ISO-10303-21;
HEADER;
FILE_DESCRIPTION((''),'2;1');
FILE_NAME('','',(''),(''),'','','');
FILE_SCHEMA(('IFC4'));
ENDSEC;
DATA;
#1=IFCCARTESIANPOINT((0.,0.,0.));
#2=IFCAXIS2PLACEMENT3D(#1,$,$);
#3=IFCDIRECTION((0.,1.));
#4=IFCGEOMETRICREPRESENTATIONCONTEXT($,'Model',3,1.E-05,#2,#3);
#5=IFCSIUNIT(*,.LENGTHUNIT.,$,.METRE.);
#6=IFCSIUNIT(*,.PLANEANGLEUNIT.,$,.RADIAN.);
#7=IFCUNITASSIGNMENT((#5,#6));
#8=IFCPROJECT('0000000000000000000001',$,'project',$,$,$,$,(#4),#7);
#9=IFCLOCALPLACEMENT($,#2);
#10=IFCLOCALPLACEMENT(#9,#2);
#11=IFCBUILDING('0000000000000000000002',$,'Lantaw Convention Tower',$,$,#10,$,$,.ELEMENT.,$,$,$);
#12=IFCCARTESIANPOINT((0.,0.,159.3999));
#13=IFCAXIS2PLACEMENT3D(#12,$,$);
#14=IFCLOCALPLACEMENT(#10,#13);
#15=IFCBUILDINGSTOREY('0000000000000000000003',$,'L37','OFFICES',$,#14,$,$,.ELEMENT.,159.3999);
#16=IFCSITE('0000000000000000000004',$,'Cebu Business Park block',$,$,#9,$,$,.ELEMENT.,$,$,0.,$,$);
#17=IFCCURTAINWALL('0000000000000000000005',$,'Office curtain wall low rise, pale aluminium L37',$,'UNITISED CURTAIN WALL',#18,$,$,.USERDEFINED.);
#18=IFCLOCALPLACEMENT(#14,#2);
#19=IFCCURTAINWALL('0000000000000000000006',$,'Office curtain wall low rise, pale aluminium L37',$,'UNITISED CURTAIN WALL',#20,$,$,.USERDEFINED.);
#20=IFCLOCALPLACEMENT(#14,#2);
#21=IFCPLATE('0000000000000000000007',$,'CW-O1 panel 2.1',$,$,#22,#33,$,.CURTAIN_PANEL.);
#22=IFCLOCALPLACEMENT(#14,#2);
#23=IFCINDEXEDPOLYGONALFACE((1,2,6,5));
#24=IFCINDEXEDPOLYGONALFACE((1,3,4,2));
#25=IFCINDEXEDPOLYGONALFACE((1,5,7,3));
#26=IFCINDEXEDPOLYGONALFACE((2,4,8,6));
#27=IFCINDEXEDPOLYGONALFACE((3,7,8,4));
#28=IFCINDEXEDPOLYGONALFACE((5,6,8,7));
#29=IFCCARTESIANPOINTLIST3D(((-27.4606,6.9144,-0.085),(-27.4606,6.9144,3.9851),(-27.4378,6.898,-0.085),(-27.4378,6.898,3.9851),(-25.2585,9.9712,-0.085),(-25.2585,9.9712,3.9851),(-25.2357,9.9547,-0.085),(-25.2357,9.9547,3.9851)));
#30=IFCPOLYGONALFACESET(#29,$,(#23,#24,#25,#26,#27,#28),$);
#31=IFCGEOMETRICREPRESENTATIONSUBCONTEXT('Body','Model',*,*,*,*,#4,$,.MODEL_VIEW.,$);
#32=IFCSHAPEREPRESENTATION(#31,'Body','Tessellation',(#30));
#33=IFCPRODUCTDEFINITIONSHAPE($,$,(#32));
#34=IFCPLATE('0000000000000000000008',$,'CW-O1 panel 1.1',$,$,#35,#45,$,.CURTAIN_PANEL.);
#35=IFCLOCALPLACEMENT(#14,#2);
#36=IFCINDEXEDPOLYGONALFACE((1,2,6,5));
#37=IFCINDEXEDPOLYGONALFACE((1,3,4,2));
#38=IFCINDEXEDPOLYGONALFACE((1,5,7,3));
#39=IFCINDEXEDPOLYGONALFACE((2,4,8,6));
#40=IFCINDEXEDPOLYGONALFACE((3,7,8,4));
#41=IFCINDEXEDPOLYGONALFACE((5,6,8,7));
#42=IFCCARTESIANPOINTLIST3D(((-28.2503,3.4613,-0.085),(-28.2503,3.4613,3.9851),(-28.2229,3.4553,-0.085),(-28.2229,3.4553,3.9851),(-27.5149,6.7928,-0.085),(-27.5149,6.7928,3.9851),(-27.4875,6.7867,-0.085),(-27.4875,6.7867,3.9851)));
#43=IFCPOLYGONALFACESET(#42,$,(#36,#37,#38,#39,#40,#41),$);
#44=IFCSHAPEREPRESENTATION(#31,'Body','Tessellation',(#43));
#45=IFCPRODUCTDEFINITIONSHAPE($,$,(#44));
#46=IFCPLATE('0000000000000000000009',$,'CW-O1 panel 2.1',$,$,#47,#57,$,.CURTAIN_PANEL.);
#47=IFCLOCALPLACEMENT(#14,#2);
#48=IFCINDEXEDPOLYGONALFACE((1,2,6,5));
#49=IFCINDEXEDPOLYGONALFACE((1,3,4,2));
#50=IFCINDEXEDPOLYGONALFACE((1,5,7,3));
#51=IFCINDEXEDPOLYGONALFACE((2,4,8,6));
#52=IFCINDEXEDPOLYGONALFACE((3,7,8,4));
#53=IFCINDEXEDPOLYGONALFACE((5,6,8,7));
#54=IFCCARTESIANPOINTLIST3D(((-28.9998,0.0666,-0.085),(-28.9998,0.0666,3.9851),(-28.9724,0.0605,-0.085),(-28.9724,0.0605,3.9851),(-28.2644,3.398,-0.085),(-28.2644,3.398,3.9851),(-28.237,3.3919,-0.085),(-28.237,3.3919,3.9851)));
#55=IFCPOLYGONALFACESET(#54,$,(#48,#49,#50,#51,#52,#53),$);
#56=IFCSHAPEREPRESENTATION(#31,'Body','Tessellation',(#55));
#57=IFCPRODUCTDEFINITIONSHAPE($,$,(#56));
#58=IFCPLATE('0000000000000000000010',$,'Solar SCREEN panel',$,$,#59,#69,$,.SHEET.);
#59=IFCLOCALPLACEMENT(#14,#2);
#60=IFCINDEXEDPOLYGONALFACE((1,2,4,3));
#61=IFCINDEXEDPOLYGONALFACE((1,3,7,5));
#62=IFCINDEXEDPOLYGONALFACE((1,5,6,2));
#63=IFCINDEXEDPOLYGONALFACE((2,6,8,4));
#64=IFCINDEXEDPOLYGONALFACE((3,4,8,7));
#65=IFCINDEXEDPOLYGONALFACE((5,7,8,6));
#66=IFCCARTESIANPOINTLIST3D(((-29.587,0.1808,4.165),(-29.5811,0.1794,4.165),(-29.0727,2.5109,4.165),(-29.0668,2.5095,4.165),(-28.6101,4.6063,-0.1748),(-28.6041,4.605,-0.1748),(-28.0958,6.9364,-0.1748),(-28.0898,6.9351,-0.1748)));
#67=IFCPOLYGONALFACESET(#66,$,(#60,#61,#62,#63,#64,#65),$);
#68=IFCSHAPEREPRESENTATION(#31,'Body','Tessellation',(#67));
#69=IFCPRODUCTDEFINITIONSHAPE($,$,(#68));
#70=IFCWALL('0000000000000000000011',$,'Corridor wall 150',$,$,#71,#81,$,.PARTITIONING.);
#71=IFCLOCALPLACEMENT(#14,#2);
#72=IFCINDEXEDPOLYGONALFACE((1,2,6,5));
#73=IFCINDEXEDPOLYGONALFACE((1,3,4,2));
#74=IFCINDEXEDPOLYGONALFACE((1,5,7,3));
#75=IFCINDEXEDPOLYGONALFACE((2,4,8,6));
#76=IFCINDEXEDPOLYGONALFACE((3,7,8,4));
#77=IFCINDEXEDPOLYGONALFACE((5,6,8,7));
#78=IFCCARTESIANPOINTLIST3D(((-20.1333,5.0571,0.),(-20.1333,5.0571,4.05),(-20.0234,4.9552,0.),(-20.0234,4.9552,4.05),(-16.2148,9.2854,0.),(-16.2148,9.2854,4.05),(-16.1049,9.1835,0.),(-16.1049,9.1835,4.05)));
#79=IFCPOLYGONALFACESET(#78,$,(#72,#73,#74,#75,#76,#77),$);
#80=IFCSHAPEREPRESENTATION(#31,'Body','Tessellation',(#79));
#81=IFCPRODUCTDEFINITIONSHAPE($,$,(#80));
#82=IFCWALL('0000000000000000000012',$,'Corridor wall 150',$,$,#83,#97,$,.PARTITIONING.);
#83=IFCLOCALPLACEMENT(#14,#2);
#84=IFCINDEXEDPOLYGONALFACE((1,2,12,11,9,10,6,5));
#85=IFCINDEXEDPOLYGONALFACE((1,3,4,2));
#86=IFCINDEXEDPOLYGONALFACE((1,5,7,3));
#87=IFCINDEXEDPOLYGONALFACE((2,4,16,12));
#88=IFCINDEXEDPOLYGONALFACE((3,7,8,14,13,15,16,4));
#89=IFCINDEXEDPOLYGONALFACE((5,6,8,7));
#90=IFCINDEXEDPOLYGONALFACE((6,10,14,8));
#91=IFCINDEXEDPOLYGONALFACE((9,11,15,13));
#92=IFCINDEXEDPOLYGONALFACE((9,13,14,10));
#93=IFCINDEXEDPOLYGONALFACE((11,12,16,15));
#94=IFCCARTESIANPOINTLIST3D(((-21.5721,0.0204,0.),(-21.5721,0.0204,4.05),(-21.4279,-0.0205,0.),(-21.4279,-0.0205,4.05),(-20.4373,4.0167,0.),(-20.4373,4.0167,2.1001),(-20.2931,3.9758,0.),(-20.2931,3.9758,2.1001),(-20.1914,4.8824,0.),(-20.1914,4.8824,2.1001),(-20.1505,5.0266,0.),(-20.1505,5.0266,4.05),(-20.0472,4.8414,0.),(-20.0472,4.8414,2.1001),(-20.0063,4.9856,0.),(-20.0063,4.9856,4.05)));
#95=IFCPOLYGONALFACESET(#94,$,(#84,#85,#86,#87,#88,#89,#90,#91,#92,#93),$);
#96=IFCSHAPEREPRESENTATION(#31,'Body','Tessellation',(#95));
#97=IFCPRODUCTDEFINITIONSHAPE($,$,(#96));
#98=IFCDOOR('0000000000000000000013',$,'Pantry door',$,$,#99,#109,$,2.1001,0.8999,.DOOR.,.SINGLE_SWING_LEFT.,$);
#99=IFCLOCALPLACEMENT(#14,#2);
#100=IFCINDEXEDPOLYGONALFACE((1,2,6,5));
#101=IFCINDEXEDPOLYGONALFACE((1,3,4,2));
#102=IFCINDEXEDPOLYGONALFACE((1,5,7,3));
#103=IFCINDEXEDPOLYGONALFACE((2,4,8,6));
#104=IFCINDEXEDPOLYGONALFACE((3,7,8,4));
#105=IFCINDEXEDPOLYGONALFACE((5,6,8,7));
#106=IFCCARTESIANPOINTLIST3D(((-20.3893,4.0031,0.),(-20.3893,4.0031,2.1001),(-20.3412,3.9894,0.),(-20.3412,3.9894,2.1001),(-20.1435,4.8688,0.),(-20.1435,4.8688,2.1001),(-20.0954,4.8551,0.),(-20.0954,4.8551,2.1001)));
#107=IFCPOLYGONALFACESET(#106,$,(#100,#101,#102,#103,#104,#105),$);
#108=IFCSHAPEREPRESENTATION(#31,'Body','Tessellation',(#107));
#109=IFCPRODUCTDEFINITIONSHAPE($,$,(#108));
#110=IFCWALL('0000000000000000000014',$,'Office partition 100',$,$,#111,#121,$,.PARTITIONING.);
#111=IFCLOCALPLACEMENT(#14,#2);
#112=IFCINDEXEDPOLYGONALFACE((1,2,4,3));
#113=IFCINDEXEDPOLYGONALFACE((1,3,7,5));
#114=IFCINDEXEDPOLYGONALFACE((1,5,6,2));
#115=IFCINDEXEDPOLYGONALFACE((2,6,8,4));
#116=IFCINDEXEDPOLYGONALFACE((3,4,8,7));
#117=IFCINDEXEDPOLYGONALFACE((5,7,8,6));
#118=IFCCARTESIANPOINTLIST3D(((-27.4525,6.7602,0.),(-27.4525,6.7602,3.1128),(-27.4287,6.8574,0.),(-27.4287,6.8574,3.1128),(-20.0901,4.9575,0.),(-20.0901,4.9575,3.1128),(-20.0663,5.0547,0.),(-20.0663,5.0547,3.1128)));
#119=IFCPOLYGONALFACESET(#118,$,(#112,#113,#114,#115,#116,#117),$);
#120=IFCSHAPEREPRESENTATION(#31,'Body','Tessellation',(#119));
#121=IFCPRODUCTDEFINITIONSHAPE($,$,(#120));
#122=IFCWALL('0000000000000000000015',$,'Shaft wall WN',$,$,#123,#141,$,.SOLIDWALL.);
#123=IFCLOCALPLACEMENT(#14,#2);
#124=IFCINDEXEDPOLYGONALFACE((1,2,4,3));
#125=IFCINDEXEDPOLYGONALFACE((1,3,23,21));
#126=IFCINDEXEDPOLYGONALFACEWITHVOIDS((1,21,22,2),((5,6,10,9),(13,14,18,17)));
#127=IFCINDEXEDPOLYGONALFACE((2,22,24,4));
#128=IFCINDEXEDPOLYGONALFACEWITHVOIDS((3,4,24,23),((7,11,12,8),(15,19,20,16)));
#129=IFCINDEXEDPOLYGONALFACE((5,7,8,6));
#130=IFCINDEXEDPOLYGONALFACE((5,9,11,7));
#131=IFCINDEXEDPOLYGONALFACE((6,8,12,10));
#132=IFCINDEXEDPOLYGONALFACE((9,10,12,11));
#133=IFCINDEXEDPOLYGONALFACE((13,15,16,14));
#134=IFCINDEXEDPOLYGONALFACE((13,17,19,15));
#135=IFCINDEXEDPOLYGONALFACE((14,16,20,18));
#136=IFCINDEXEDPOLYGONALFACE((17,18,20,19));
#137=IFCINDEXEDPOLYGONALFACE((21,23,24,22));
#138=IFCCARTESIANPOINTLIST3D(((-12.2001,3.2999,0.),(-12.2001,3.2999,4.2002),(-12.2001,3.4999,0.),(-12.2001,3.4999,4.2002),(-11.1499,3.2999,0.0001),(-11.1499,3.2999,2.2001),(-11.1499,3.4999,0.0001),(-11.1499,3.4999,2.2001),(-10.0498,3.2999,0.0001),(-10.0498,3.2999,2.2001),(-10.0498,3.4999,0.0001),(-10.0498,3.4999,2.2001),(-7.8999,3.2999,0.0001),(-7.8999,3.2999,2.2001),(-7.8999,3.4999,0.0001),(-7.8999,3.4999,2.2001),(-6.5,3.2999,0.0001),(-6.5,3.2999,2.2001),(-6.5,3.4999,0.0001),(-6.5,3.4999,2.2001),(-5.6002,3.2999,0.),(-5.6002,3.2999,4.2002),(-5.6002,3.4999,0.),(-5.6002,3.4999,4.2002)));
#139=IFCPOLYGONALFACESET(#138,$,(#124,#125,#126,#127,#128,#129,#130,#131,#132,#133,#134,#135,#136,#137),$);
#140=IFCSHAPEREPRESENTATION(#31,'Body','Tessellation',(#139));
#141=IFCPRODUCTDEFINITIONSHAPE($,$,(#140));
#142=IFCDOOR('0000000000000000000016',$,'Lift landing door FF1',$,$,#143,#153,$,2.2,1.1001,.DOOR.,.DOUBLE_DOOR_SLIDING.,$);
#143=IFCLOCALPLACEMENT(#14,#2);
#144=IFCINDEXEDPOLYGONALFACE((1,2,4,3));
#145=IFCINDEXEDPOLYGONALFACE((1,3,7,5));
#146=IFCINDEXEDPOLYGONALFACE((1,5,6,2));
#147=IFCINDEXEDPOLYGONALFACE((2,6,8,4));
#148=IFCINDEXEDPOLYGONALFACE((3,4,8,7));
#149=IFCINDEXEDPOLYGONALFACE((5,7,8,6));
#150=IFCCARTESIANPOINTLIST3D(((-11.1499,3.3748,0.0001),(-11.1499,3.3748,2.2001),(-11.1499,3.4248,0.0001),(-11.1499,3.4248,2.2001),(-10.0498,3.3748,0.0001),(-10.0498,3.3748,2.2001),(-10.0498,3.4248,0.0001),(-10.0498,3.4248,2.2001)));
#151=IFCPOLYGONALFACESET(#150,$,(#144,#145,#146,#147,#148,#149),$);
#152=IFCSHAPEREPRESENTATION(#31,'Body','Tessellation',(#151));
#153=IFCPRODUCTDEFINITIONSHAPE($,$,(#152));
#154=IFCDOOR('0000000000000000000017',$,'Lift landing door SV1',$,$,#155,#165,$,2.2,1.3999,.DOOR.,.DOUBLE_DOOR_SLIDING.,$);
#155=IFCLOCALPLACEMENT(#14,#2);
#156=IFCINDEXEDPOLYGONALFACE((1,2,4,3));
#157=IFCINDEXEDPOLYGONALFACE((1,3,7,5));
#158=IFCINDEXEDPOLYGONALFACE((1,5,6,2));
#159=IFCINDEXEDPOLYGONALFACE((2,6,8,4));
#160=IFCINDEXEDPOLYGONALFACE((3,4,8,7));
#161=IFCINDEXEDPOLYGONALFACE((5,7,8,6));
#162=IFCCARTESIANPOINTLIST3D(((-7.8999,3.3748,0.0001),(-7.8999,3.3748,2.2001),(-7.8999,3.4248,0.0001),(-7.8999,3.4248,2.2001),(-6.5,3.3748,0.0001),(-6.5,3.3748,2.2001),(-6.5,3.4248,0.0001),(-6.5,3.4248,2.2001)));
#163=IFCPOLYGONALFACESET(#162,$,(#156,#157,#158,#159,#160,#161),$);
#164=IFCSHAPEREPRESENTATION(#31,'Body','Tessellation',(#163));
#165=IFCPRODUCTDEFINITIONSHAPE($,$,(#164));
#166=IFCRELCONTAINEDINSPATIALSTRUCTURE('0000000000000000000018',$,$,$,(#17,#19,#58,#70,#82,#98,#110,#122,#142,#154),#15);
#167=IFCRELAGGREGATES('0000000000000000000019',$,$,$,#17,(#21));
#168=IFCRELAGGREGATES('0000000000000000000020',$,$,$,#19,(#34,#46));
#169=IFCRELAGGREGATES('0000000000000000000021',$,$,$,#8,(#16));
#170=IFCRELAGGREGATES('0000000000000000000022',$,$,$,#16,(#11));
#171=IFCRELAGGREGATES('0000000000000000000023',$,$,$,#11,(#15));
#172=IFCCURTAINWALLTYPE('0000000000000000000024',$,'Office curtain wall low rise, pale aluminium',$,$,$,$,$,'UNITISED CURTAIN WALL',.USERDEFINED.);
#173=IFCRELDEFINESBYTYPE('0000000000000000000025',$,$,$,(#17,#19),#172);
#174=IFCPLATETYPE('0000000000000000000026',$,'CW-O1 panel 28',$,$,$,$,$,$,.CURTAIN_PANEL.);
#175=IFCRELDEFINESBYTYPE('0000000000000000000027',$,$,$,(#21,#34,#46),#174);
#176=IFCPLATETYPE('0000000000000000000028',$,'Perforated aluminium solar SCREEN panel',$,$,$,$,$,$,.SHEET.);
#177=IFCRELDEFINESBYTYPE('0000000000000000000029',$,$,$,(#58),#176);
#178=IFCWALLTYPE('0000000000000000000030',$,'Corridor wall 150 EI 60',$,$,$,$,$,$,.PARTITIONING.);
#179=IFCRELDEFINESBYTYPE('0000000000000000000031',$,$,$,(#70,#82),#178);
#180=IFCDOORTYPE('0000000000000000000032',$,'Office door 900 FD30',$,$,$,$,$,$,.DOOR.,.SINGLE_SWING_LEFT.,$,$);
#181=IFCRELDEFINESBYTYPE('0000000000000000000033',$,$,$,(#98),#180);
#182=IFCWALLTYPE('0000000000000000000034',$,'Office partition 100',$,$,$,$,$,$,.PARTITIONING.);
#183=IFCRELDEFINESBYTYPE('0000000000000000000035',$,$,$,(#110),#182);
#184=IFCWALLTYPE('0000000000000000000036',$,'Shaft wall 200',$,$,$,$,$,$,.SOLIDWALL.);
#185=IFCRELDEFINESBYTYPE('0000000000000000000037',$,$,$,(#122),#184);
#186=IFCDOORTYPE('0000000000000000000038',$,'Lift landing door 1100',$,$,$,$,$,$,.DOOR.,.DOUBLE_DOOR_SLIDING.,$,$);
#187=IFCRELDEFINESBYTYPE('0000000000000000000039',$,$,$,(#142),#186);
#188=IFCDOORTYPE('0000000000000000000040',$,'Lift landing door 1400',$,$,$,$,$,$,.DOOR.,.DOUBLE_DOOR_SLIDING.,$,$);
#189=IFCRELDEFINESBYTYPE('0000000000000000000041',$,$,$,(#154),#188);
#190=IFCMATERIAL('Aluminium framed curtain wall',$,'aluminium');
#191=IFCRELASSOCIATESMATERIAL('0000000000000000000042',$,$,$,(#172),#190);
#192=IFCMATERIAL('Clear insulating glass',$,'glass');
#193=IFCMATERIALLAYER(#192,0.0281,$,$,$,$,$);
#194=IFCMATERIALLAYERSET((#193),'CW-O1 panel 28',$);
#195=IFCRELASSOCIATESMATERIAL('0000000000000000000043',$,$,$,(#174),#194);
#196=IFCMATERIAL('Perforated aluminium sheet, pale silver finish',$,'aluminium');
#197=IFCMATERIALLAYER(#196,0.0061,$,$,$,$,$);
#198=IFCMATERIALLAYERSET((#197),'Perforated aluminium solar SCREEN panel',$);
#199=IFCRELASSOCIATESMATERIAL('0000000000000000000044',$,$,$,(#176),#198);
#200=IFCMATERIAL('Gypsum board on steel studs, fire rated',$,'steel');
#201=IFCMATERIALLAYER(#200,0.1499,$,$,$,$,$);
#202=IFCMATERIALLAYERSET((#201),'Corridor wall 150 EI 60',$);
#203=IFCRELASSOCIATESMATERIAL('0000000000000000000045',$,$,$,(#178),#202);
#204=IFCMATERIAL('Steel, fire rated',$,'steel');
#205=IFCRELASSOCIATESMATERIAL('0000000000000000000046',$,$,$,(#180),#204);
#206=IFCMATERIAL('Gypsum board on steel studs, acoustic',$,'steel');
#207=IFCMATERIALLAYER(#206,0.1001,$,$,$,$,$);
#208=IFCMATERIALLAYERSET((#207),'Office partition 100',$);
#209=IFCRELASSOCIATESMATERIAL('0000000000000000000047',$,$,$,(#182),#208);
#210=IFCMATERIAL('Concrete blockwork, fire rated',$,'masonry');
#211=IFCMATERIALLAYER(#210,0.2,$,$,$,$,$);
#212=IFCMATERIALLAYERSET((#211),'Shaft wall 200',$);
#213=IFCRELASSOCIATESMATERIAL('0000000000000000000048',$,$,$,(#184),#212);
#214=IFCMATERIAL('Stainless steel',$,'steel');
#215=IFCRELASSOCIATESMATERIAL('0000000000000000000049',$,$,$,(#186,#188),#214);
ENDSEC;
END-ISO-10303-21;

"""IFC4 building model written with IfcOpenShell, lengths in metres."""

from ifc_helpers import new_model, si_unit, direction, frame, frame_2d, origin, origin_2d, place, context, subcontext, project, spatial, polyline, rectangle, outline, extrude, material, layer, layer_set, type_object, element, fill, aggregate, save


model = new_model("IFC4")

# Units and contexts
model_context = context("Model", 3, precision=1e-05, world=origin(), true_north=direction((0.0, 1.0)))
body_context = subcontext(model_context, "Body", "Model", "MODEL_VIEW")
ifc_project = project(units=[si_unit("LENGTHUNIT", "METRE"), si_unit("PLANEANGLEUNIT", "RADIAN")], contexts=[model_context])

# Site, building, storey
site_placement = place(None, origin())
site = spatial("IfcSite", under=ifc_project, at=site_placement, Name="Cebu Business Park block", CompositionType="ELEMENT", RefElevation=0.0)
building_placement = place(site_placement, origin())
building = spatial("IfcBuilding", under=site, at=building_placement, Name="Lantaw Convention Tower", CompositionType="ELEMENT")
storey_placement = place(building_placement, frame((0.0, 0.0, 159.3999)))
storey = spatial("IfcBuildingStorey", under=building, at=storey_placement, Name="L37", Description="OFFICES", CompositionType="ELEMENT", Elevation=159.3999)

# Curtain wall
ifc_material_1 = material(Name="Aluminium framed curtain wall", Category="aluminium")
curtain_wall_type = type_object("IfcCurtainWallType", Name="Office curtain wall low rise, pale aluminium", ElementType="UNITISED CURTAIN WALL", PredefinedType="USERDEFINED", material=ifc_material_1)
curtain_wall_1_placement = place(storey_placement, origin())
curtain_wall_1 = element("IfcCurtainWall", 1, at=curtain_wall_1_placement, inside=storey, type_object=curtain_wall_type, Name="Office curtain wall low rise, pale aluminium L37", ObjectType="UNITISED CURTAIN WALL", PredefinedType="USERDEFINED")

# Curtain wall
curtain_wall_2_placement = place(storey_placement, origin())
curtain_wall_2 = element("IfcCurtainWall", 2, at=curtain_wall_2_placement, inside=storey, type_object=curtain_wall_type, Name="Office curtain wall low rise, pale aluminium L37", ObjectType="UNITISED CURTAIN WALL", PredefinedType="USERDEFINED")

# Plates
ifc_material_2 = material(Name="Clear insulating glass", Category="glass")
ifc_layer_1 = layer(ifc_material_2, 0.0281)
ifc_layer_set_1 = layer_set([ifc_layer_1], Name="CW-O1 panel 28")
plate_type_1 = type_object("IfcPlateType", Name="CW-O1 panel 28", PredefinedType="CURTAIN_PANEL", material=ifc_layer_set_1)
plate_1_placement = place(storey_placement, frame((-26.3481, 8.4346, -0.085), z_axis=(0.0, 0.0, 1.0), x_axis=(-0.584513, -0.811385, 0.0)))
plate_1 = element("IfcPlate", 3, at=plate_1_placement, type_object=plate_type_1, Name="CW-O1 panel 2.1", PredefinedType="CURTAIN_PANEL", context=body_context, shape_type="SweptSolid", body=[
    extrude(rectangle(XDim=3.7673, YDim=0.0281, at=origin_2d()), origin(), (0.0, 0.0, 1.0), 4.0701),
])
aggregate(curtain_wall_1, [plate_1])
plate_2_placement = place(storey_placement, frame((-27.8689, 5.124, -0.085), z_axis=(0.0, 0.0, 1.0), x_axis=(-0.215546, -0.976494, 0.0)))
plate_2 = element("IfcPlate", 4, at=plate_2_placement, type_object=plate_type_1, Name="CW-O1 panel 1.1", PredefinedType="CURTAIN_PANEL", context=body_context, shape_type="SweptSolid", body=[
    extrude(rectangle(XDim=3.4116, YDim=0.0281, at=origin_2d()), origin(), (0.0, 0.0, 1.0), 4.0701),
])
plate_3_placement = place(storey_placement, frame((-28.6184, 1.7292, -0.085), z_axis=(0.0, 0.0, 1.0), x_axis=(-0.215546, -0.976494, 0.0)))
plate_3 = element("IfcPlate", 5, at=plate_3_placement, type_object=plate_type_1, Name="CW-O1 panel 2.1", PredefinedType="CURTAIN_PANEL", context=body_context, shape_type="SweptSolid", body=[
    extrude(rectangle(XDim=3.4116, YDim=0.0281, at=origin_2d()), origin(), (0.0, 0.0, 1.0), 4.0701),
])
aggregate(curtain_wall_2, [plate_2, plate_3])
ifc_material_3 = material(Name="Perforated aluminium sheet, pale silver finish", Category="aluminium")
ifc_layer_2 = layer(ifc_material_3, 0.0061)
ifc_layer_set_2 = layer_set([ifc_layer_2], Name="Perforated aluminium solar SCREEN panel")
plate_type_2 = type_object("IfcPlateType", Name="Perforated aluminium solar SCREEN panel", PredefinedType="SHEET", material=ifc_layer_set_2)
plate_4_placement = place(storey_placement, frame((-28.0898, 6.9351, -0.1748), z_axis=(0.976498, -0.215527, 0.000033), x_axis=(-0.215527, -0.976498, 0.0)))
element("IfcPlate", 6, at=plate_4_placement, inside=storey, type_object=plate_type_2, Name="Solar SCREEN panel", PredefinedType="SHEET", context=body_context, shape_type="SweptSolid", body=[
    extrude(outline(polyline([(0.0, 0.0), (2.3861, 0.0), (6.9182, -4.3398), (4.5321, -4.3398), (0.0, 0.0)])), origin(), (0.0, 0.0, -1.0), 0.0061),
])

# Wall
ifc_material_4 = material(Name="Gypsum board on steel studs, fire rated", Category="steel")
ifc_layer_3 = layer(ifc_material_4, 0.1499)
ifc_layer_set_3 = layer_set([ifc_layer_3], Name="Corridor wall 150 EI 60")
wall_type_1 = type_object("IfcWallType", Name="Corridor wall 150 EI 60", PredefinedType="PARTITIONING", material=ifc_layer_set_3)
wall_1_placement = place(storey_placement, frame((-16.1599, 9.2344, 0.0), z_axis=(0.0, 0.0, 1.0), x_axis=(-0.679725, -0.733467, 0.0)))
element("IfcWall", 7, at=wall_1_placement, inside=storey, type_object=wall_type_1, Name="Corridor wall 150", PredefinedType="PARTITIONING", context=body_context, shape_type="SweptSolid", body=[
    extrude(rectangle(XDim=5.7649, YDim=0.1499, at=frame_2d((2.8823, 0.0))), origin(), (0.0, 0.0, 1.0), 4.05),
])

# Wall, opening, door
wall_2_placement = place(storey_placement, frame((-20.0784, 5.0061, 0.0), z_axis=(0.0, 0.0, 1.0), x_axis=(-0.273178, -0.961964, 0.0)))
wall_2 = element("IfcWall", 8, at=wall_2_placement, inside=storey, type_object=wall_type_1, Name="Corridor wall 150", PredefinedType="PARTITIONING", context=body_context, shape_type="SweptSolid", body=[
    extrude(rectangle(XDim=5.2041, YDim=0.1499, at=frame_2d((2.6021, 0.0))), origin(), (0.0, 0.0, 1.0), 4.05),
])
opening_1_placement = place(wall_2_placement, frame((0.1499, 0.0, 0.0)))
opening_1 = element("IfcOpeningElement", 9, at=opening_1_placement, cuts=wall_2, PredefinedType="OPENING", context=body_context, shape_type="SweptSolid", body=[
    extrude(rectangle(XDim=0.8999, YDim=2.1001, at=frame_2d((0.45, 1.05))), frame((0.0, 0.085, 0.0), z_axis=(0.0, -1.0, 0.0), x_axis=(1.0, 0.0, 0.0)), (0.0, 0.0, 1.0), 0.1699),
])
ifc_material_5 = material(Name="Steel, fire rated", Category="steel")
door_type_1 = type_object("IfcDoorType", Name="Office door 900 FD30", OperationType="SINGLE_SWING_LEFT", PredefinedType="DOOR", material=ifc_material_5)
door_1_placement = place(opening_1_placement, origin())
door_1 = element("IfcDoor", 10, at=door_1_placement, inside=storey, type_object=door_type_1, Name="Pantry door", OperationType="SINGLE_SWING_LEFT", OverallHeight=2.1001, OverallWidth=0.8999, PredefinedType="DOOR", context=body_context, shape_type="SweptSolid", body=[
    extrude(rectangle(XDim=0.8999, YDim=2.1001, at=frame_2d((0.45, 1.05))), frame((0.0, 0.0249, 0.0), z_axis=(0.0, -1.0, 0.0), x_axis=(1.0, 0.0, 0.0)), (0.0, 0.0, 1.0), 0.05),
])
fill(opening_1, door_1)

# Wall
ifc_material_6 = material(Name="Gypsum board on steel studs, acoustic", Category="steel")
ifc_layer_4 = layer(ifc_material_6, 0.1001)
ifc_layer_set_4 = layer_set([ifc_layer_4], Name="Office partition 100")
wall_type_2 = type_object("IfcWallType", Name="Office partition 100", PredefinedType="PARTITIONING", material=ifc_layer_set_4)
wall_3_placement = place(storey_placement, frame((-27.4407, 6.8088, 0.0), z_axis=(0.0, 0.0, 1.0), x_axis=(0.971306, -0.237834, 0.0)))
element("IfcWall", 11, at=wall_3_placement, inside=storey, type_object=wall_type_2, Name="Office partition 100", PredefinedType="PARTITIONING", context=body_context, shape_type="SweptSolid", body=[
    extrude(rectangle(XDim=7.5798, YDim=0.1001, at=frame_2d((3.79, 0.0))), origin(), (0.0, 0.0, 1.0), 3.1128),
])

# Wall, openings, doors
ifc_material_7 = material(Name="Concrete blockwork, fire rated", Category="masonry")
ifc_layer_5 = layer(ifc_material_7, 0.2)
ifc_layer_set_5 = layer_set([ifc_layer_5], Name="Shaft wall 200")
wall_type_3 = type_object("IfcWallType", Name="Shaft wall 200", PredefinedType="SOLIDWALL", material=ifc_layer_set_5)
wall_4_placement = place(storey_placement, frame((-12.2, 3.3999, 0.0), z_axis=(0.0, 0.0, 1.0), x_axis=(1.0, 0.0, 0.0)))
wall_4 = element("IfcWall", 12, at=wall_4_placement, inside=storey, type_object=wall_type_3, Name="Shaft wall WN", PredefinedType="SOLIDWALL", context=body_context, shape_type="SweptSolid", body=[
    extrude(rectangle(XDim=6.5999, YDim=0.2, at=frame_2d((3.2998, 0.0))), origin(), (0.0, 0.0, 1.0), 4.2002),
])
opening_2_placement = place(wall_4_placement, frame((1.05, 0.0, 0.0)))
opening_2 = element("IfcOpeningElement", 13, at=opening_2_placement, cuts=wall_4, PredefinedType="OPENING", context=body_context, shape_type="SweptSolid", body=[
    extrude(rectangle(XDim=1.1001, YDim=2.2, at=frame_2d((0.55, 1.1001))), frame((0.0, 0.1099, 0.0), z_axis=(0.0, -1.0, 0.0), x_axis=(1.0, 0.0, 0.0)), (0.0, 0.0, 1.0), 0.22),
])
opening_3_placement = place(wall_4_placement, frame((4.3, 0.0, 0.0)))
opening_3 = element("IfcOpeningElement", 14, at=opening_3_placement, cuts=wall_4, PredefinedType="OPENING", context=body_context, shape_type="SweptSolid", body=[
    extrude(rectangle(XDim=1.3999, YDim=2.2, at=frame_2d((0.7, 1.1001))), frame((0.0, 0.1099, 0.0), z_axis=(0.0, -1.0, 0.0), x_axis=(1.0, 0.0, 0.0)), (0.0, 0.0, 1.0), 0.22),
])
ifc_material_8 = material(Name="Stainless steel", Category="steel")
door_type_2 = type_object("IfcDoorType", Name="Lift landing door 1100", OperationType="DOUBLE_DOOR_SLIDING", PredefinedType="DOOR", material=ifc_material_8)
door_2_placement = place(opening_2_placement, origin())
door_2 = element("IfcDoor", 15, at=door_2_placement, inside=storey, type_object=door_type_2, Name="Lift landing door FF1", OperationType="DOUBLE_DOOR_SLIDING", OverallHeight=2.2, OverallWidth=1.1001, PredefinedType="DOOR", context=body_context, shape_type="SweptSolid", body=[
    extrude(rectangle(XDim=1.1001, YDim=2.2, at=frame_2d((0.55, 1.1001))), frame((0.0, 0.0249, 0.0), z_axis=(0.0, -1.0, 0.0), x_axis=(1.0, 0.0, 0.0)), (0.0, 0.0, 1.0), 0.05),
])
fill(opening_2, door_2)
door_type_3 = type_object("IfcDoorType", Name="Lift landing door 1400", OperationType="DOUBLE_DOOR_SLIDING", PredefinedType="DOOR", material=ifc_material_8)
door_3_placement = place(opening_3_placement, origin())
door_3 = element("IfcDoor", 16, at=door_3_placement, inside=storey, type_object=door_type_3, Name="Lift landing door SV1", OperationType="DOUBLE_DOOR_SLIDING", OverallHeight=2.2, OverallWidth=1.3999, PredefinedType="DOOR", context=body_context, shape_type="SweptSolid", body=[
    extrude(rectangle(XDim=1.3999, YDim=2.2, at=frame_2d((0.7, 1.1001))), frame((0.0, 0.0249, 0.0), z_axis=(0.0, -1.0, 0.0), x_axis=(1.0, 0.0, 0.0)), (0.0, 0.0, 1.0), 0.05),
])
fill(opening_3, door_3)

save(model, "model.ifc")
